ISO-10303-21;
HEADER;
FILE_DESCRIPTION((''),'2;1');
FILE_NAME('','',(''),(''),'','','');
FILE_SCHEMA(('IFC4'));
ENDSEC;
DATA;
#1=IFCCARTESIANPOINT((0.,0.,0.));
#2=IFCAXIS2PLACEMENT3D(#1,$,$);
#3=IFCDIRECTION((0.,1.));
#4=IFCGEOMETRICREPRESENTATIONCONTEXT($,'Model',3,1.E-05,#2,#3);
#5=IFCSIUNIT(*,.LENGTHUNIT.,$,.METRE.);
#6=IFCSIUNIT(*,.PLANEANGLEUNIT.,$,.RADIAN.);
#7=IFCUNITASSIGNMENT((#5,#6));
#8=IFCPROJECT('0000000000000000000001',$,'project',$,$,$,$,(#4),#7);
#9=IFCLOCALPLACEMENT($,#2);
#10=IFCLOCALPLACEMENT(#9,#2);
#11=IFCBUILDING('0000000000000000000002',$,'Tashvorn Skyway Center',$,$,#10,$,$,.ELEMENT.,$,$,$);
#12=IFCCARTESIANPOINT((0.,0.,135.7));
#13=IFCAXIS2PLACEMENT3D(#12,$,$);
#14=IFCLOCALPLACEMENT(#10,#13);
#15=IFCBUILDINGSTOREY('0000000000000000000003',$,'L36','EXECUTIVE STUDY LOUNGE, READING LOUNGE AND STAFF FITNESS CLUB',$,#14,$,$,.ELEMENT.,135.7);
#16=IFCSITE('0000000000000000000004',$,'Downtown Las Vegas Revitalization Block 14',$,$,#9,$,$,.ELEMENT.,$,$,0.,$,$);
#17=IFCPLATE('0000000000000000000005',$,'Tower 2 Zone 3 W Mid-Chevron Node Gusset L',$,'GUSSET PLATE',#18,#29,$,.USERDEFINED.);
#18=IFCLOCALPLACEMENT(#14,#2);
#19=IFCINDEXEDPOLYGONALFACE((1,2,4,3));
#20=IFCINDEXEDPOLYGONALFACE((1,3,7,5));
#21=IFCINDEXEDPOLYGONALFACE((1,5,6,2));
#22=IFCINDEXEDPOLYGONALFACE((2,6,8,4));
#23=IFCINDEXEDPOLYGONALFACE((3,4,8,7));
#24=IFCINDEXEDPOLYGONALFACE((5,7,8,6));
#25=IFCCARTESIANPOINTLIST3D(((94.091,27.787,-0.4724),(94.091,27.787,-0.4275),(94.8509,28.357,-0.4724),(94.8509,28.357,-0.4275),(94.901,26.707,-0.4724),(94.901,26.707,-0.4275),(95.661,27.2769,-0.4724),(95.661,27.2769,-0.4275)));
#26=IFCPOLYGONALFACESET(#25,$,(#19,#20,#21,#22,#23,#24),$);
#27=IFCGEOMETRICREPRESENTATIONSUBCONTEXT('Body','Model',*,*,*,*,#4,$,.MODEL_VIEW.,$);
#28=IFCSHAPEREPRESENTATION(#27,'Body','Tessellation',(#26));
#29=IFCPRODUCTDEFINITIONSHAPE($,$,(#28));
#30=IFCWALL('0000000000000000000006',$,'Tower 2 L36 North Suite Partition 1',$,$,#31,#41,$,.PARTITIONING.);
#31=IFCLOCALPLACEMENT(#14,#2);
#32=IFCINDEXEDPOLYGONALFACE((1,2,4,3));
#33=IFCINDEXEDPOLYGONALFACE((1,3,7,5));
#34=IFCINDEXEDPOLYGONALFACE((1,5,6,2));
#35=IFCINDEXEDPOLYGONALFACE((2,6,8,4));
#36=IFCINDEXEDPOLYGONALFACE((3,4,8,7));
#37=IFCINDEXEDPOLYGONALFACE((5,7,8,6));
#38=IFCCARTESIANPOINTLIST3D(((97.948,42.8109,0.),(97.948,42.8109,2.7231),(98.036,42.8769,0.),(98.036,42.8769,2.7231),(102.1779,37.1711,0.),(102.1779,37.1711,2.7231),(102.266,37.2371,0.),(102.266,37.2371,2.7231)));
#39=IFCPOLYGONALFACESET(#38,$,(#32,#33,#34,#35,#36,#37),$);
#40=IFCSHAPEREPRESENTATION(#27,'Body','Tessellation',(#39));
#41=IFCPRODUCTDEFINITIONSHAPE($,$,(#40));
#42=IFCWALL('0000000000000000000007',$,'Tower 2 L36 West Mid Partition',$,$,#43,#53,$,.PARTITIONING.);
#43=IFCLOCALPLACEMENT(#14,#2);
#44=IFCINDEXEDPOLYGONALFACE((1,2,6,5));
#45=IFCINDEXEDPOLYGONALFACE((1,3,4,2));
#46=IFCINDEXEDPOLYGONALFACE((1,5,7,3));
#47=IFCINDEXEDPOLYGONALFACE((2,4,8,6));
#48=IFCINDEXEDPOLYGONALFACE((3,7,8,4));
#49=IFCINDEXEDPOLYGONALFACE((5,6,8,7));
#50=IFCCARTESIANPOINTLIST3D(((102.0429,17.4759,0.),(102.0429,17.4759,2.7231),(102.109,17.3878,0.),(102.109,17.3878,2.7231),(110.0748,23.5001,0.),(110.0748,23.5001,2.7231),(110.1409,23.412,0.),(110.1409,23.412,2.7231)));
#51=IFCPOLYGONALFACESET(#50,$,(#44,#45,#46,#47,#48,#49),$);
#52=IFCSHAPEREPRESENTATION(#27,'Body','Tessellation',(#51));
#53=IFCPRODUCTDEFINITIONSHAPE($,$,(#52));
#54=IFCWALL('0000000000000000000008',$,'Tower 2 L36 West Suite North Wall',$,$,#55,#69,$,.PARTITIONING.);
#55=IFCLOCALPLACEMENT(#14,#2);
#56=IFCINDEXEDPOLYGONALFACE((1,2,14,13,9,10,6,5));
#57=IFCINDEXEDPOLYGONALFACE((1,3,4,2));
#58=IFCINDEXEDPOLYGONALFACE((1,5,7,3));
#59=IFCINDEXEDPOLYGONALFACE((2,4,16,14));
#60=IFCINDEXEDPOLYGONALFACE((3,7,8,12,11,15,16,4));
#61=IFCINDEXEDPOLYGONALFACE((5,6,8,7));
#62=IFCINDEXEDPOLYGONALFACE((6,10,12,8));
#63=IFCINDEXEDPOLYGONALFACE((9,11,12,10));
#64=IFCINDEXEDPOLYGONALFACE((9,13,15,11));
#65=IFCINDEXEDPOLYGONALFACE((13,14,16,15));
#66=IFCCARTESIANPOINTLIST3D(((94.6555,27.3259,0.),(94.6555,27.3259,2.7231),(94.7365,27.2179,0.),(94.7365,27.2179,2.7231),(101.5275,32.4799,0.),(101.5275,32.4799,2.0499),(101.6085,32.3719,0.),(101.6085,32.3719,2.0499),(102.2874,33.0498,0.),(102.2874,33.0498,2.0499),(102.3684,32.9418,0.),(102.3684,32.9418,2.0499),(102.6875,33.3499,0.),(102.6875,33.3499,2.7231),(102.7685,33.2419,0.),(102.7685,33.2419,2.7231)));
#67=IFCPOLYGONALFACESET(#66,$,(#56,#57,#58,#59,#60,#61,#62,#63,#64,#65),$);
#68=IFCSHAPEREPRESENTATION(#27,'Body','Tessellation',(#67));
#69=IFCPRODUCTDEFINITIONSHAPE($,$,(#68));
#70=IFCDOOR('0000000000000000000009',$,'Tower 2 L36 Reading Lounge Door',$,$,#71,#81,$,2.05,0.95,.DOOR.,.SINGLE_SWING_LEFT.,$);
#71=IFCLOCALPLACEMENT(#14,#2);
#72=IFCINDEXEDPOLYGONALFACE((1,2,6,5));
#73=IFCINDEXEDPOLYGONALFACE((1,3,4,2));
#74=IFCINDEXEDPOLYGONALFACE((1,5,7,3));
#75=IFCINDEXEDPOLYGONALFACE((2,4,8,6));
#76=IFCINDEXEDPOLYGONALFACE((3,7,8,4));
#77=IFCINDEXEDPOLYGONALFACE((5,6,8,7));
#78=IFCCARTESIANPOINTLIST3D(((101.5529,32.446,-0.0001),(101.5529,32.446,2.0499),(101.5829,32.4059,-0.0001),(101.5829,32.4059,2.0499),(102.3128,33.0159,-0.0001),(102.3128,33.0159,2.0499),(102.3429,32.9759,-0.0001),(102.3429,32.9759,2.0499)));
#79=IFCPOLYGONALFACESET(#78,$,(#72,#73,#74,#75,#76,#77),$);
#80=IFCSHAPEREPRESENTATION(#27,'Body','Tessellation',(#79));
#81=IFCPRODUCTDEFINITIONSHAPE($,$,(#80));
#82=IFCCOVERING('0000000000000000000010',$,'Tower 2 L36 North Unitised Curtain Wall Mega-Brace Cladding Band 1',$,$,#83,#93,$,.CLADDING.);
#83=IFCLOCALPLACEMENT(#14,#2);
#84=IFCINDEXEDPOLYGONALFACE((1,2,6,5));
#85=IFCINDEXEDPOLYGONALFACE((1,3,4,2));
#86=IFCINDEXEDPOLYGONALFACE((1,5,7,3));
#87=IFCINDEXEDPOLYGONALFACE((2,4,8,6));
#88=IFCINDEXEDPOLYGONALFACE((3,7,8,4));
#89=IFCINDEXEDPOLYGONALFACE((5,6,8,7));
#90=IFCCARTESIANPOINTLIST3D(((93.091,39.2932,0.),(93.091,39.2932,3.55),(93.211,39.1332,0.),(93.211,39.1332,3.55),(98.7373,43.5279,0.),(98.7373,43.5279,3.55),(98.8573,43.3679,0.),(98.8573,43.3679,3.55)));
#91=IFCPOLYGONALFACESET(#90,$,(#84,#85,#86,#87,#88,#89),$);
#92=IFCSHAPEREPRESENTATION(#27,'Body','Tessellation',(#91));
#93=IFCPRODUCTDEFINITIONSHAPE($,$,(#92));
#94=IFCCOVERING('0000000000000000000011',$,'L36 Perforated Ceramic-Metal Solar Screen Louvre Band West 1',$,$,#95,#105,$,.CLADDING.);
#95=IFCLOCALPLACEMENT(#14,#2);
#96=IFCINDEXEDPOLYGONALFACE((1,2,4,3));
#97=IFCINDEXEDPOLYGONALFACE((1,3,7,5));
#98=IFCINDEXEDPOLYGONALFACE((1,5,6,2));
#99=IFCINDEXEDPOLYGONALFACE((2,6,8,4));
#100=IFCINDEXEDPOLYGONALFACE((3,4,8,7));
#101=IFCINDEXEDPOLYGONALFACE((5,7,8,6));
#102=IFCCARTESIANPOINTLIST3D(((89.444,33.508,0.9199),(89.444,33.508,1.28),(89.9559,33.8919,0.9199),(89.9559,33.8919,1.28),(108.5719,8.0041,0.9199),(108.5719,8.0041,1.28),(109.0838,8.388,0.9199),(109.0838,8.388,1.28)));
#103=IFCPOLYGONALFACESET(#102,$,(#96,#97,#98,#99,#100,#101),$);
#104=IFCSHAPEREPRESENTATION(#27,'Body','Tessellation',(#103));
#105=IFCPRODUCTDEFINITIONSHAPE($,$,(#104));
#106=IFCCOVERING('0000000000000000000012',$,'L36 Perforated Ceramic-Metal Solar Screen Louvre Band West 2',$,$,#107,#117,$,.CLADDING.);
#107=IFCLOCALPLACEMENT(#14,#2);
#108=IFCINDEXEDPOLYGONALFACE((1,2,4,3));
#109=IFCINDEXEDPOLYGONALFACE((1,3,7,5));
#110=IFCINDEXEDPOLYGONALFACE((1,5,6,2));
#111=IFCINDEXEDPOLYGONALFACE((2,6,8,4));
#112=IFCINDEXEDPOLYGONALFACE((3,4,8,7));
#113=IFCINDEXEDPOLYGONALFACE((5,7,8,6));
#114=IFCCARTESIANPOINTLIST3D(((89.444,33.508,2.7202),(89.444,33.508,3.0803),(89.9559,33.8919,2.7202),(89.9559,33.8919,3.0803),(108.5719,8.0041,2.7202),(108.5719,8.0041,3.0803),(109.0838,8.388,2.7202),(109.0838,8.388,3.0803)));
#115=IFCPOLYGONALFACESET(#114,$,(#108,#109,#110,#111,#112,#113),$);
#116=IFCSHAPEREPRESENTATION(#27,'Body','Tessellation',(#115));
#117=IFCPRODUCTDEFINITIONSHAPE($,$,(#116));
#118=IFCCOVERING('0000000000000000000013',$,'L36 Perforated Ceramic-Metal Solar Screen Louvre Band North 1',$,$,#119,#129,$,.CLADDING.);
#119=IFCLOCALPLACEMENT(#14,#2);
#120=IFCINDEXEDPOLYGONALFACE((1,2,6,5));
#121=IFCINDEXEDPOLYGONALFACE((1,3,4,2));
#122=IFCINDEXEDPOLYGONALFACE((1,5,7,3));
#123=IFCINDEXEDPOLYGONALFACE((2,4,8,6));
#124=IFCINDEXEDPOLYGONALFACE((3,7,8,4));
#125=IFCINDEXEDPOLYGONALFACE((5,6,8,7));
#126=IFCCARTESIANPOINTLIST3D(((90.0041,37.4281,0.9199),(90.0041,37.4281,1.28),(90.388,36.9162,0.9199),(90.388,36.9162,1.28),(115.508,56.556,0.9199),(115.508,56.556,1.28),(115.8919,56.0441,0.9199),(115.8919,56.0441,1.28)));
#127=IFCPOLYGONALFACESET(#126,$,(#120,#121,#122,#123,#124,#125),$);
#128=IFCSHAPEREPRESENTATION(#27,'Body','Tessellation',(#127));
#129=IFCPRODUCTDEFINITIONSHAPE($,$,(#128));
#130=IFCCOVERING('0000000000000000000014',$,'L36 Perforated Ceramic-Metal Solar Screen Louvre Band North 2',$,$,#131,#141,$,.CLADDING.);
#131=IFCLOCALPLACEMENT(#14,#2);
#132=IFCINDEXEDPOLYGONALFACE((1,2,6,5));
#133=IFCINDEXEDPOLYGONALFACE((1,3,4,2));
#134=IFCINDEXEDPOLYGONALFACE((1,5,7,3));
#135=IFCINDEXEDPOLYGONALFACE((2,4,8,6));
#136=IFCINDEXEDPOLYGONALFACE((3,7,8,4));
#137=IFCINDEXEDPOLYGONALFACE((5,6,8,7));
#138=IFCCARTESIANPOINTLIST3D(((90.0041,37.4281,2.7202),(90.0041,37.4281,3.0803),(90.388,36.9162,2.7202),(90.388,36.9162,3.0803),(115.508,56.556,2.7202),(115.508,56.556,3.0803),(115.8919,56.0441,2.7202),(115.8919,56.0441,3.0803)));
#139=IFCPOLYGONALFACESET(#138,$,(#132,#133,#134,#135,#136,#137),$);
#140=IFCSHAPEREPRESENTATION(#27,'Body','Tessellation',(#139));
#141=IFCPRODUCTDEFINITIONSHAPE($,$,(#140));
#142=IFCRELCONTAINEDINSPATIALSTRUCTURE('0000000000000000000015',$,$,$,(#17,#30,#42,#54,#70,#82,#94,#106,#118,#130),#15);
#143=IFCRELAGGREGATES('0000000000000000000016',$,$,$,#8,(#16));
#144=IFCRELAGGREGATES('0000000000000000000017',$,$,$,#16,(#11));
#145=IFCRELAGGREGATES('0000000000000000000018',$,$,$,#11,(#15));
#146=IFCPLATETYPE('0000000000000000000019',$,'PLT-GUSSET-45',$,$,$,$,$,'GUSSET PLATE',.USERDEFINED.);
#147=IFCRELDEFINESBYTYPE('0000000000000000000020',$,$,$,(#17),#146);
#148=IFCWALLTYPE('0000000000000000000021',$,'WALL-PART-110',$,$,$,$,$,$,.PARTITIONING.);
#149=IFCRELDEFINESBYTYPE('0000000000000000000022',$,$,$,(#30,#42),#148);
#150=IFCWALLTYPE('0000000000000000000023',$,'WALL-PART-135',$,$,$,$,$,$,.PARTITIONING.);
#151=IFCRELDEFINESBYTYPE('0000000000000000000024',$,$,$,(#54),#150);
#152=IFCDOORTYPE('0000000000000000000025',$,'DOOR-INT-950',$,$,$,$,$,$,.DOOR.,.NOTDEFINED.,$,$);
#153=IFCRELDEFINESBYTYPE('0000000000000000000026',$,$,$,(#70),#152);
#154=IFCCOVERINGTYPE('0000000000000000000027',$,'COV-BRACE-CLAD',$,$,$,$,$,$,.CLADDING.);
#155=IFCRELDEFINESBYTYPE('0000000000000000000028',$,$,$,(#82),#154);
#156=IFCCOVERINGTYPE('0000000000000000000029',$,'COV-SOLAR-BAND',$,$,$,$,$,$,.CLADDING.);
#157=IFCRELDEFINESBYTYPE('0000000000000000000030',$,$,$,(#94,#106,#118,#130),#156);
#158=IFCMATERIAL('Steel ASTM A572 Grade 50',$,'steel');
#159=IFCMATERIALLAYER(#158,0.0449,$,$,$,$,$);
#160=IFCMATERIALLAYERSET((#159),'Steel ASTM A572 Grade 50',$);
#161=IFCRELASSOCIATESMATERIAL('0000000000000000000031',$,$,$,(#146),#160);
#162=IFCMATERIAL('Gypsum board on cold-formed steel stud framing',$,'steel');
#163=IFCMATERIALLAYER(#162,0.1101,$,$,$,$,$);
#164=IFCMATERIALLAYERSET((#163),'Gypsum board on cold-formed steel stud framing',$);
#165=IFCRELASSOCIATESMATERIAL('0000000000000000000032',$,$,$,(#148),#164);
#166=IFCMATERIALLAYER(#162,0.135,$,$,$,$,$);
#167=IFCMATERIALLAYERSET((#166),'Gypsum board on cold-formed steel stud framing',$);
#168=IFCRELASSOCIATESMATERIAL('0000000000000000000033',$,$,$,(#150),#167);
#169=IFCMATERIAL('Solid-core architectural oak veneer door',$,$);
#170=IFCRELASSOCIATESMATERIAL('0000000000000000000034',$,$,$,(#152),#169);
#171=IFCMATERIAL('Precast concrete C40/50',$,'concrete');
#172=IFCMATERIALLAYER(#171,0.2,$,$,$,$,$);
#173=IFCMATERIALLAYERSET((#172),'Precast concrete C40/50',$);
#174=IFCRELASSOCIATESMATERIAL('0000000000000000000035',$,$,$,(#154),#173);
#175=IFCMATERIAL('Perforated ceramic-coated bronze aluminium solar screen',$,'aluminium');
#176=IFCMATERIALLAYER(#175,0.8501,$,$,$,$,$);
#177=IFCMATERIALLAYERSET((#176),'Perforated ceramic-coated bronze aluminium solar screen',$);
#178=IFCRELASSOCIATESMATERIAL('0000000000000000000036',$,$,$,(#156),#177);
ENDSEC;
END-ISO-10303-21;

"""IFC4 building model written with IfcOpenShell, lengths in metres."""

from ifc_helpers import new_model, si_unit, direction, frame, frame_2d, origin, origin_2d, place, context, subcontext, project, spatial, rectangle, extrude, material, layer, layer_set, type_object, element, fill, save


model = new_model("IFC4")

# Units and contexts
model_context = context("Model", 3, precision=1e-05, world=origin(), true_north=direction((0.0, 1.0)))
body_context = subcontext(model_context, "Body", "Model", "MODEL_VIEW")
ifc_project = project(units=[si_unit("LENGTHUNIT", "METRE"), si_unit("PLANEANGLEUNIT", "RADIAN")], contexts=[model_context])

# Site, building, storey
site_placement = place(None, origin())
site = spatial("IfcSite", under=ifc_project, at=site_placement, Name="Downtown Las Vegas Revitalization Block 14", CompositionType="ELEMENT", RefElevation=0.0)
building_placement = place(site_placement, origin())
building = spatial("IfcBuilding", under=site, at=building_placement, Name="Tashvorn Skyway Center", CompositionType="ELEMENT")
storey_placement = place(building_placement, frame((0.0, 0.0, 135.7)))
storey = spatial("IfcBuildingStorey", under=building, at=storey_placement, Name="L36", Description="EXECUTIVE STUDY LOUNGE, READING LOUNGE AND STAFF FITNESS CLUB", CompositionType="ELEMENT", Elevation=135.7)

# Shared definitions
ifc_material_1 = material(Name="Steel ASTM A572 Grade 50", Category="steel")

# Plate
ifc_layer_1 = layer(ifc_material_1, 0.0449)
ifc_layer_set_1 = layer_set([ifc_layer_1], Name="Steel ASTM A572 Grade 50")
plate_type_1 = type_object("IfcPlateType", Name="PLT-GUSSET-45", ElementType="GUSSET PLATE", PredefinedType="USERDEFINED", material=ifc_layer_set_1)
for number, where, z_axis, x_axis, name in (
    (1, (94.876, 27.532, -0.4724), (0.0, 0.0, 1.0), (0.6, -0.8, 0.0), "Tower 2 Zone 3 W Mid-Chevron Node Gusset L"),
):
    element("IfcPlate", number, at=place(storey_placement, frame(where, z_axis=z_axis, x_axis=x_axis)), inside=storey, type_object=plate_type_1, Name=name, ObjectType="GUSSET PLATE", PredefinedType="USERDEFINED", context=body_context, shape_type="SweptSolid", body=[
        extrude(rectangle(XDim=1.3501, YDim=0.95, at=origin_2d()), origin(), (0.0, 0.0, 1.0), 0.0449),
    ])

# Walls
ifc_material_2 = material(Name="Gypsum board on cold-formed steel stud framing", Category="steel")
ifc_layer_2 = layer(ifc_material_2, 0.1101)
ifc_layer_set_2 = layer_set([ifc_layer_2], Name="Gypsum board on cold-formed steel stud framing")
wall_type_1 = type_object("IfcWallType", Name="WALL-PART-110", PredefinedType="PARTITIONING", material=ifc_layer_set_2)
wall_1_placement = place(storey_placement, frame((102.2219, 37.2041, 0.0), z_axis=(0.0, 0.0, 1.0), x_axis=(-0.600006, 0.799996, 0.0)))
element("IfcWall", 2, at=wall_1_placement, inside=storey, type_object=wall_type_1, Name="Tower 2 L36 North Suite Partition 1", PredefinedType="PARTITIONING", context=body_context, shape_type="SweptSolid", body=[
    extrude(rectangle(XDim=7.0498, YDim=0.1101, at=frame_2d((3.5249, 0.0))), origin(), (0.0, 0.0, 1.0), 2.7231),
])
wall_2_placement = place(storey_placement, frame((102.0759, 17.4319, 0.0), z_axis=(0.0, 0.0, 1.0), x_axis=(0.799991, 0.600012, 0.0)))
element("IfcWall", 3, at=wall_2_placement, inside=storey, type_object=wall_type_1, Name="Tower 2 L36 West Mid Partition", PredefinedType="PARTITIONING", context=body_context, shape_type="SweptSolid", body=[
    extrude(rectangle(XDim=10.04, YDim=0.1101, at=frame_2d((5.02, 0.0))), origin(), (0.0, 0.0, 1.0), 2.7231),
])

# Wall, opening, door
ifc_layer_3 = layer(ifc_material_2, 0.135)
ifc_layer_set_3 = layer_set([ifc_layer_3], Name="Gypsum board on cold-formed steel stud framing")
wall_type_2 = type_object("IfcWallType", Name="WALL-PART-135", PredefinedType="PARTITIONING", material=ifc_layer_set_3)
wall_3_placement = place(storey_placement, frame((102.728, 33.2959, 0.0), z_axis=(0.0, 0.0, 1.0), x_axis=(-0.800003, -0.599996, 0.0)))
wall_3 = element("IfcWall", 4, at=wall_3_placement, inside=storey, type_object=wall_type_2, Name="Tower 2 L36 West Suite North Wall", PredefinedType="PARTITIONING", context=body_context, shape_type="SweptSolid", body=[
    extrude(rectangle(XDim=10.04, YDim=0.135, at=frame_2d((5.02, 0.0))), origin(), (0.0, 0.0, 1.0), 2.7231),
])
opening_placement = place(wall_3_placement, frame((0.5, 0.0, 0.0)))
opening = element("IfcOpeningElement", 5, at=opening_placement, cuts=wall_3, PredefinedType="OPENING", context=body_context, shape_type="SweptSolid", body=[
    extrude(rectangle(XDim=0.95, YDim=2.05, at=frame_2d((0.4751, 1.0249))), frame((0.0, 0.0774, 0.0), z_axis=(0.0, -1.0, 0.0), x_axis=(1.0, 0.0, 0.0)), (0.0, 0.0, 1.0), 0.155),
])
ifc_material_3 = material(Name="Solid-core architectural oak veneer door")
door_type = type_object("IfcDoorType", Name="DOOR-INT-950", OperationType="NOTDEFINED", PredefinedType="DOOR", material=ifc_material_3)
door_placement = place(opening_placement, origin())
door = element("IfcDoor", 6, at=door_placement, inside=storey, type_object=door_type, Name="Tower 2 L36 Reading Lounge Door", OperationType="SINGLE_SWING_LEFT", OverallHeight=2.05, OverallWidth=0.95, PredefinedType="DOOR", context=body_context, shape_type="SweptSolid", body=[
    extrude(rectangle(XDim=0.95, YDim=2.05, at=frame_2d((0.4751, 1.0249))), frame((0.0, 0.0249, 0.0), z_axis=(0.0, -1.0, 0.0), x_axis=(1.0, 0.0, 0.0)), (0.0, 0.0, 1.0), 0.05),
])
fill(opening, door)

# Coverings
ifc_material_4 = material(Name="Precast concrete C40/50", Category="concrete")
ifc_layer_4 = layer(ifc_material_4, 0.2)
ifc_layer_set_4 = layer_set([ifc_layer_4], Name="Precast concrete C40/50")
covering_type_1 = type_object("IfcCoveringType", Name="COV-BRACE-CLAD", PredefinedType="CLADDING", material=ifc_layer_set_4)
covering_placement = place(storey_placement, frame((95.9741, 41.3306, 0.0), z_axis=(0.0, 0.0, 1.0), x_axis=(0.8, 0.6, 0.0)))
element("IfcCovering", 7, at=covering_placement, inside=storey, type_object=covering_type_1, Name="Tower 2 L36 North Unitised Curtain Wall Mega-Brace Cladding Band 1", PredefinedType="CLADDING", context=body_context, shape_type="SweptSolid", body=[
    extrude(rectangle(XDim=7.0579, YDim=0.2, at=origin_2d()), origin(), (0.0, 0.0, 1.0), 3.55),
])
ifc_material_5 = material(Name="Perforated ceramic-coated bronze aluminium solar screen", Category="aluminium")
ifc_layer_5 = layer(ifc_material_5, 0.8501)
ifc_layer_set_5 = layer_set([ifc_layer_5], Name="Perforated ceramic-coated bronze aluminium solar screen")
covering_type_2 = type_object("IfcCoveringType", Name="COV-SOLAR-BAND", PredefinedType="CLADDING", material=ifc_layer_set_5)
for number, where, z_axis, x_axis, name in (
    (8, (99.2639, 20.948, 0.9199), (0.0, 0.0, 1.0), (-0.6, 0.8, 0.0), "L36 Perforated Ceramic-Metal Solar Screen Louvre Band West 1"),
    (9, (99.2639, 20.948, 2.7202), (0.0, 0.0, 1.0), (-0.6, 0.8, 0.0), "L36 Perforated Ceramic-Metal Solar Screen Louvre Band West 2"),
    (10, (102.948, 46.7361, 0.9199), (0.0, 0.0, 1.0), (0.8, 0.6, 0.0), "L36 Perforated Ceramic-Metal Solar Screen Louvre Band North 1"),
    (11, (102.948, 46.7361, 2.7202), (0.0, 0.0, 1.0), (0.8, 0.6, 0.0), "L36 Perforated Ceramic-Metal Solar Screen Louvre Band North 2"),
):
    element("IfcCovering", number, at=place(storey_placement, frame(where, z_axis=z_axis, x_axis=x_axis)), inside=storey, type_object=covering_type_2, Name=name, PredefinedType="CLADDING", context=body_context, shape_type="SweptSolid", body=[
        extrude(rectangle(XDim=31.8799, YDim=0.6399, at=origin_2d()), origin(), (0.0, 0.0, 1.0), 0.3601),
    ])

save(model, "model.ifc")
